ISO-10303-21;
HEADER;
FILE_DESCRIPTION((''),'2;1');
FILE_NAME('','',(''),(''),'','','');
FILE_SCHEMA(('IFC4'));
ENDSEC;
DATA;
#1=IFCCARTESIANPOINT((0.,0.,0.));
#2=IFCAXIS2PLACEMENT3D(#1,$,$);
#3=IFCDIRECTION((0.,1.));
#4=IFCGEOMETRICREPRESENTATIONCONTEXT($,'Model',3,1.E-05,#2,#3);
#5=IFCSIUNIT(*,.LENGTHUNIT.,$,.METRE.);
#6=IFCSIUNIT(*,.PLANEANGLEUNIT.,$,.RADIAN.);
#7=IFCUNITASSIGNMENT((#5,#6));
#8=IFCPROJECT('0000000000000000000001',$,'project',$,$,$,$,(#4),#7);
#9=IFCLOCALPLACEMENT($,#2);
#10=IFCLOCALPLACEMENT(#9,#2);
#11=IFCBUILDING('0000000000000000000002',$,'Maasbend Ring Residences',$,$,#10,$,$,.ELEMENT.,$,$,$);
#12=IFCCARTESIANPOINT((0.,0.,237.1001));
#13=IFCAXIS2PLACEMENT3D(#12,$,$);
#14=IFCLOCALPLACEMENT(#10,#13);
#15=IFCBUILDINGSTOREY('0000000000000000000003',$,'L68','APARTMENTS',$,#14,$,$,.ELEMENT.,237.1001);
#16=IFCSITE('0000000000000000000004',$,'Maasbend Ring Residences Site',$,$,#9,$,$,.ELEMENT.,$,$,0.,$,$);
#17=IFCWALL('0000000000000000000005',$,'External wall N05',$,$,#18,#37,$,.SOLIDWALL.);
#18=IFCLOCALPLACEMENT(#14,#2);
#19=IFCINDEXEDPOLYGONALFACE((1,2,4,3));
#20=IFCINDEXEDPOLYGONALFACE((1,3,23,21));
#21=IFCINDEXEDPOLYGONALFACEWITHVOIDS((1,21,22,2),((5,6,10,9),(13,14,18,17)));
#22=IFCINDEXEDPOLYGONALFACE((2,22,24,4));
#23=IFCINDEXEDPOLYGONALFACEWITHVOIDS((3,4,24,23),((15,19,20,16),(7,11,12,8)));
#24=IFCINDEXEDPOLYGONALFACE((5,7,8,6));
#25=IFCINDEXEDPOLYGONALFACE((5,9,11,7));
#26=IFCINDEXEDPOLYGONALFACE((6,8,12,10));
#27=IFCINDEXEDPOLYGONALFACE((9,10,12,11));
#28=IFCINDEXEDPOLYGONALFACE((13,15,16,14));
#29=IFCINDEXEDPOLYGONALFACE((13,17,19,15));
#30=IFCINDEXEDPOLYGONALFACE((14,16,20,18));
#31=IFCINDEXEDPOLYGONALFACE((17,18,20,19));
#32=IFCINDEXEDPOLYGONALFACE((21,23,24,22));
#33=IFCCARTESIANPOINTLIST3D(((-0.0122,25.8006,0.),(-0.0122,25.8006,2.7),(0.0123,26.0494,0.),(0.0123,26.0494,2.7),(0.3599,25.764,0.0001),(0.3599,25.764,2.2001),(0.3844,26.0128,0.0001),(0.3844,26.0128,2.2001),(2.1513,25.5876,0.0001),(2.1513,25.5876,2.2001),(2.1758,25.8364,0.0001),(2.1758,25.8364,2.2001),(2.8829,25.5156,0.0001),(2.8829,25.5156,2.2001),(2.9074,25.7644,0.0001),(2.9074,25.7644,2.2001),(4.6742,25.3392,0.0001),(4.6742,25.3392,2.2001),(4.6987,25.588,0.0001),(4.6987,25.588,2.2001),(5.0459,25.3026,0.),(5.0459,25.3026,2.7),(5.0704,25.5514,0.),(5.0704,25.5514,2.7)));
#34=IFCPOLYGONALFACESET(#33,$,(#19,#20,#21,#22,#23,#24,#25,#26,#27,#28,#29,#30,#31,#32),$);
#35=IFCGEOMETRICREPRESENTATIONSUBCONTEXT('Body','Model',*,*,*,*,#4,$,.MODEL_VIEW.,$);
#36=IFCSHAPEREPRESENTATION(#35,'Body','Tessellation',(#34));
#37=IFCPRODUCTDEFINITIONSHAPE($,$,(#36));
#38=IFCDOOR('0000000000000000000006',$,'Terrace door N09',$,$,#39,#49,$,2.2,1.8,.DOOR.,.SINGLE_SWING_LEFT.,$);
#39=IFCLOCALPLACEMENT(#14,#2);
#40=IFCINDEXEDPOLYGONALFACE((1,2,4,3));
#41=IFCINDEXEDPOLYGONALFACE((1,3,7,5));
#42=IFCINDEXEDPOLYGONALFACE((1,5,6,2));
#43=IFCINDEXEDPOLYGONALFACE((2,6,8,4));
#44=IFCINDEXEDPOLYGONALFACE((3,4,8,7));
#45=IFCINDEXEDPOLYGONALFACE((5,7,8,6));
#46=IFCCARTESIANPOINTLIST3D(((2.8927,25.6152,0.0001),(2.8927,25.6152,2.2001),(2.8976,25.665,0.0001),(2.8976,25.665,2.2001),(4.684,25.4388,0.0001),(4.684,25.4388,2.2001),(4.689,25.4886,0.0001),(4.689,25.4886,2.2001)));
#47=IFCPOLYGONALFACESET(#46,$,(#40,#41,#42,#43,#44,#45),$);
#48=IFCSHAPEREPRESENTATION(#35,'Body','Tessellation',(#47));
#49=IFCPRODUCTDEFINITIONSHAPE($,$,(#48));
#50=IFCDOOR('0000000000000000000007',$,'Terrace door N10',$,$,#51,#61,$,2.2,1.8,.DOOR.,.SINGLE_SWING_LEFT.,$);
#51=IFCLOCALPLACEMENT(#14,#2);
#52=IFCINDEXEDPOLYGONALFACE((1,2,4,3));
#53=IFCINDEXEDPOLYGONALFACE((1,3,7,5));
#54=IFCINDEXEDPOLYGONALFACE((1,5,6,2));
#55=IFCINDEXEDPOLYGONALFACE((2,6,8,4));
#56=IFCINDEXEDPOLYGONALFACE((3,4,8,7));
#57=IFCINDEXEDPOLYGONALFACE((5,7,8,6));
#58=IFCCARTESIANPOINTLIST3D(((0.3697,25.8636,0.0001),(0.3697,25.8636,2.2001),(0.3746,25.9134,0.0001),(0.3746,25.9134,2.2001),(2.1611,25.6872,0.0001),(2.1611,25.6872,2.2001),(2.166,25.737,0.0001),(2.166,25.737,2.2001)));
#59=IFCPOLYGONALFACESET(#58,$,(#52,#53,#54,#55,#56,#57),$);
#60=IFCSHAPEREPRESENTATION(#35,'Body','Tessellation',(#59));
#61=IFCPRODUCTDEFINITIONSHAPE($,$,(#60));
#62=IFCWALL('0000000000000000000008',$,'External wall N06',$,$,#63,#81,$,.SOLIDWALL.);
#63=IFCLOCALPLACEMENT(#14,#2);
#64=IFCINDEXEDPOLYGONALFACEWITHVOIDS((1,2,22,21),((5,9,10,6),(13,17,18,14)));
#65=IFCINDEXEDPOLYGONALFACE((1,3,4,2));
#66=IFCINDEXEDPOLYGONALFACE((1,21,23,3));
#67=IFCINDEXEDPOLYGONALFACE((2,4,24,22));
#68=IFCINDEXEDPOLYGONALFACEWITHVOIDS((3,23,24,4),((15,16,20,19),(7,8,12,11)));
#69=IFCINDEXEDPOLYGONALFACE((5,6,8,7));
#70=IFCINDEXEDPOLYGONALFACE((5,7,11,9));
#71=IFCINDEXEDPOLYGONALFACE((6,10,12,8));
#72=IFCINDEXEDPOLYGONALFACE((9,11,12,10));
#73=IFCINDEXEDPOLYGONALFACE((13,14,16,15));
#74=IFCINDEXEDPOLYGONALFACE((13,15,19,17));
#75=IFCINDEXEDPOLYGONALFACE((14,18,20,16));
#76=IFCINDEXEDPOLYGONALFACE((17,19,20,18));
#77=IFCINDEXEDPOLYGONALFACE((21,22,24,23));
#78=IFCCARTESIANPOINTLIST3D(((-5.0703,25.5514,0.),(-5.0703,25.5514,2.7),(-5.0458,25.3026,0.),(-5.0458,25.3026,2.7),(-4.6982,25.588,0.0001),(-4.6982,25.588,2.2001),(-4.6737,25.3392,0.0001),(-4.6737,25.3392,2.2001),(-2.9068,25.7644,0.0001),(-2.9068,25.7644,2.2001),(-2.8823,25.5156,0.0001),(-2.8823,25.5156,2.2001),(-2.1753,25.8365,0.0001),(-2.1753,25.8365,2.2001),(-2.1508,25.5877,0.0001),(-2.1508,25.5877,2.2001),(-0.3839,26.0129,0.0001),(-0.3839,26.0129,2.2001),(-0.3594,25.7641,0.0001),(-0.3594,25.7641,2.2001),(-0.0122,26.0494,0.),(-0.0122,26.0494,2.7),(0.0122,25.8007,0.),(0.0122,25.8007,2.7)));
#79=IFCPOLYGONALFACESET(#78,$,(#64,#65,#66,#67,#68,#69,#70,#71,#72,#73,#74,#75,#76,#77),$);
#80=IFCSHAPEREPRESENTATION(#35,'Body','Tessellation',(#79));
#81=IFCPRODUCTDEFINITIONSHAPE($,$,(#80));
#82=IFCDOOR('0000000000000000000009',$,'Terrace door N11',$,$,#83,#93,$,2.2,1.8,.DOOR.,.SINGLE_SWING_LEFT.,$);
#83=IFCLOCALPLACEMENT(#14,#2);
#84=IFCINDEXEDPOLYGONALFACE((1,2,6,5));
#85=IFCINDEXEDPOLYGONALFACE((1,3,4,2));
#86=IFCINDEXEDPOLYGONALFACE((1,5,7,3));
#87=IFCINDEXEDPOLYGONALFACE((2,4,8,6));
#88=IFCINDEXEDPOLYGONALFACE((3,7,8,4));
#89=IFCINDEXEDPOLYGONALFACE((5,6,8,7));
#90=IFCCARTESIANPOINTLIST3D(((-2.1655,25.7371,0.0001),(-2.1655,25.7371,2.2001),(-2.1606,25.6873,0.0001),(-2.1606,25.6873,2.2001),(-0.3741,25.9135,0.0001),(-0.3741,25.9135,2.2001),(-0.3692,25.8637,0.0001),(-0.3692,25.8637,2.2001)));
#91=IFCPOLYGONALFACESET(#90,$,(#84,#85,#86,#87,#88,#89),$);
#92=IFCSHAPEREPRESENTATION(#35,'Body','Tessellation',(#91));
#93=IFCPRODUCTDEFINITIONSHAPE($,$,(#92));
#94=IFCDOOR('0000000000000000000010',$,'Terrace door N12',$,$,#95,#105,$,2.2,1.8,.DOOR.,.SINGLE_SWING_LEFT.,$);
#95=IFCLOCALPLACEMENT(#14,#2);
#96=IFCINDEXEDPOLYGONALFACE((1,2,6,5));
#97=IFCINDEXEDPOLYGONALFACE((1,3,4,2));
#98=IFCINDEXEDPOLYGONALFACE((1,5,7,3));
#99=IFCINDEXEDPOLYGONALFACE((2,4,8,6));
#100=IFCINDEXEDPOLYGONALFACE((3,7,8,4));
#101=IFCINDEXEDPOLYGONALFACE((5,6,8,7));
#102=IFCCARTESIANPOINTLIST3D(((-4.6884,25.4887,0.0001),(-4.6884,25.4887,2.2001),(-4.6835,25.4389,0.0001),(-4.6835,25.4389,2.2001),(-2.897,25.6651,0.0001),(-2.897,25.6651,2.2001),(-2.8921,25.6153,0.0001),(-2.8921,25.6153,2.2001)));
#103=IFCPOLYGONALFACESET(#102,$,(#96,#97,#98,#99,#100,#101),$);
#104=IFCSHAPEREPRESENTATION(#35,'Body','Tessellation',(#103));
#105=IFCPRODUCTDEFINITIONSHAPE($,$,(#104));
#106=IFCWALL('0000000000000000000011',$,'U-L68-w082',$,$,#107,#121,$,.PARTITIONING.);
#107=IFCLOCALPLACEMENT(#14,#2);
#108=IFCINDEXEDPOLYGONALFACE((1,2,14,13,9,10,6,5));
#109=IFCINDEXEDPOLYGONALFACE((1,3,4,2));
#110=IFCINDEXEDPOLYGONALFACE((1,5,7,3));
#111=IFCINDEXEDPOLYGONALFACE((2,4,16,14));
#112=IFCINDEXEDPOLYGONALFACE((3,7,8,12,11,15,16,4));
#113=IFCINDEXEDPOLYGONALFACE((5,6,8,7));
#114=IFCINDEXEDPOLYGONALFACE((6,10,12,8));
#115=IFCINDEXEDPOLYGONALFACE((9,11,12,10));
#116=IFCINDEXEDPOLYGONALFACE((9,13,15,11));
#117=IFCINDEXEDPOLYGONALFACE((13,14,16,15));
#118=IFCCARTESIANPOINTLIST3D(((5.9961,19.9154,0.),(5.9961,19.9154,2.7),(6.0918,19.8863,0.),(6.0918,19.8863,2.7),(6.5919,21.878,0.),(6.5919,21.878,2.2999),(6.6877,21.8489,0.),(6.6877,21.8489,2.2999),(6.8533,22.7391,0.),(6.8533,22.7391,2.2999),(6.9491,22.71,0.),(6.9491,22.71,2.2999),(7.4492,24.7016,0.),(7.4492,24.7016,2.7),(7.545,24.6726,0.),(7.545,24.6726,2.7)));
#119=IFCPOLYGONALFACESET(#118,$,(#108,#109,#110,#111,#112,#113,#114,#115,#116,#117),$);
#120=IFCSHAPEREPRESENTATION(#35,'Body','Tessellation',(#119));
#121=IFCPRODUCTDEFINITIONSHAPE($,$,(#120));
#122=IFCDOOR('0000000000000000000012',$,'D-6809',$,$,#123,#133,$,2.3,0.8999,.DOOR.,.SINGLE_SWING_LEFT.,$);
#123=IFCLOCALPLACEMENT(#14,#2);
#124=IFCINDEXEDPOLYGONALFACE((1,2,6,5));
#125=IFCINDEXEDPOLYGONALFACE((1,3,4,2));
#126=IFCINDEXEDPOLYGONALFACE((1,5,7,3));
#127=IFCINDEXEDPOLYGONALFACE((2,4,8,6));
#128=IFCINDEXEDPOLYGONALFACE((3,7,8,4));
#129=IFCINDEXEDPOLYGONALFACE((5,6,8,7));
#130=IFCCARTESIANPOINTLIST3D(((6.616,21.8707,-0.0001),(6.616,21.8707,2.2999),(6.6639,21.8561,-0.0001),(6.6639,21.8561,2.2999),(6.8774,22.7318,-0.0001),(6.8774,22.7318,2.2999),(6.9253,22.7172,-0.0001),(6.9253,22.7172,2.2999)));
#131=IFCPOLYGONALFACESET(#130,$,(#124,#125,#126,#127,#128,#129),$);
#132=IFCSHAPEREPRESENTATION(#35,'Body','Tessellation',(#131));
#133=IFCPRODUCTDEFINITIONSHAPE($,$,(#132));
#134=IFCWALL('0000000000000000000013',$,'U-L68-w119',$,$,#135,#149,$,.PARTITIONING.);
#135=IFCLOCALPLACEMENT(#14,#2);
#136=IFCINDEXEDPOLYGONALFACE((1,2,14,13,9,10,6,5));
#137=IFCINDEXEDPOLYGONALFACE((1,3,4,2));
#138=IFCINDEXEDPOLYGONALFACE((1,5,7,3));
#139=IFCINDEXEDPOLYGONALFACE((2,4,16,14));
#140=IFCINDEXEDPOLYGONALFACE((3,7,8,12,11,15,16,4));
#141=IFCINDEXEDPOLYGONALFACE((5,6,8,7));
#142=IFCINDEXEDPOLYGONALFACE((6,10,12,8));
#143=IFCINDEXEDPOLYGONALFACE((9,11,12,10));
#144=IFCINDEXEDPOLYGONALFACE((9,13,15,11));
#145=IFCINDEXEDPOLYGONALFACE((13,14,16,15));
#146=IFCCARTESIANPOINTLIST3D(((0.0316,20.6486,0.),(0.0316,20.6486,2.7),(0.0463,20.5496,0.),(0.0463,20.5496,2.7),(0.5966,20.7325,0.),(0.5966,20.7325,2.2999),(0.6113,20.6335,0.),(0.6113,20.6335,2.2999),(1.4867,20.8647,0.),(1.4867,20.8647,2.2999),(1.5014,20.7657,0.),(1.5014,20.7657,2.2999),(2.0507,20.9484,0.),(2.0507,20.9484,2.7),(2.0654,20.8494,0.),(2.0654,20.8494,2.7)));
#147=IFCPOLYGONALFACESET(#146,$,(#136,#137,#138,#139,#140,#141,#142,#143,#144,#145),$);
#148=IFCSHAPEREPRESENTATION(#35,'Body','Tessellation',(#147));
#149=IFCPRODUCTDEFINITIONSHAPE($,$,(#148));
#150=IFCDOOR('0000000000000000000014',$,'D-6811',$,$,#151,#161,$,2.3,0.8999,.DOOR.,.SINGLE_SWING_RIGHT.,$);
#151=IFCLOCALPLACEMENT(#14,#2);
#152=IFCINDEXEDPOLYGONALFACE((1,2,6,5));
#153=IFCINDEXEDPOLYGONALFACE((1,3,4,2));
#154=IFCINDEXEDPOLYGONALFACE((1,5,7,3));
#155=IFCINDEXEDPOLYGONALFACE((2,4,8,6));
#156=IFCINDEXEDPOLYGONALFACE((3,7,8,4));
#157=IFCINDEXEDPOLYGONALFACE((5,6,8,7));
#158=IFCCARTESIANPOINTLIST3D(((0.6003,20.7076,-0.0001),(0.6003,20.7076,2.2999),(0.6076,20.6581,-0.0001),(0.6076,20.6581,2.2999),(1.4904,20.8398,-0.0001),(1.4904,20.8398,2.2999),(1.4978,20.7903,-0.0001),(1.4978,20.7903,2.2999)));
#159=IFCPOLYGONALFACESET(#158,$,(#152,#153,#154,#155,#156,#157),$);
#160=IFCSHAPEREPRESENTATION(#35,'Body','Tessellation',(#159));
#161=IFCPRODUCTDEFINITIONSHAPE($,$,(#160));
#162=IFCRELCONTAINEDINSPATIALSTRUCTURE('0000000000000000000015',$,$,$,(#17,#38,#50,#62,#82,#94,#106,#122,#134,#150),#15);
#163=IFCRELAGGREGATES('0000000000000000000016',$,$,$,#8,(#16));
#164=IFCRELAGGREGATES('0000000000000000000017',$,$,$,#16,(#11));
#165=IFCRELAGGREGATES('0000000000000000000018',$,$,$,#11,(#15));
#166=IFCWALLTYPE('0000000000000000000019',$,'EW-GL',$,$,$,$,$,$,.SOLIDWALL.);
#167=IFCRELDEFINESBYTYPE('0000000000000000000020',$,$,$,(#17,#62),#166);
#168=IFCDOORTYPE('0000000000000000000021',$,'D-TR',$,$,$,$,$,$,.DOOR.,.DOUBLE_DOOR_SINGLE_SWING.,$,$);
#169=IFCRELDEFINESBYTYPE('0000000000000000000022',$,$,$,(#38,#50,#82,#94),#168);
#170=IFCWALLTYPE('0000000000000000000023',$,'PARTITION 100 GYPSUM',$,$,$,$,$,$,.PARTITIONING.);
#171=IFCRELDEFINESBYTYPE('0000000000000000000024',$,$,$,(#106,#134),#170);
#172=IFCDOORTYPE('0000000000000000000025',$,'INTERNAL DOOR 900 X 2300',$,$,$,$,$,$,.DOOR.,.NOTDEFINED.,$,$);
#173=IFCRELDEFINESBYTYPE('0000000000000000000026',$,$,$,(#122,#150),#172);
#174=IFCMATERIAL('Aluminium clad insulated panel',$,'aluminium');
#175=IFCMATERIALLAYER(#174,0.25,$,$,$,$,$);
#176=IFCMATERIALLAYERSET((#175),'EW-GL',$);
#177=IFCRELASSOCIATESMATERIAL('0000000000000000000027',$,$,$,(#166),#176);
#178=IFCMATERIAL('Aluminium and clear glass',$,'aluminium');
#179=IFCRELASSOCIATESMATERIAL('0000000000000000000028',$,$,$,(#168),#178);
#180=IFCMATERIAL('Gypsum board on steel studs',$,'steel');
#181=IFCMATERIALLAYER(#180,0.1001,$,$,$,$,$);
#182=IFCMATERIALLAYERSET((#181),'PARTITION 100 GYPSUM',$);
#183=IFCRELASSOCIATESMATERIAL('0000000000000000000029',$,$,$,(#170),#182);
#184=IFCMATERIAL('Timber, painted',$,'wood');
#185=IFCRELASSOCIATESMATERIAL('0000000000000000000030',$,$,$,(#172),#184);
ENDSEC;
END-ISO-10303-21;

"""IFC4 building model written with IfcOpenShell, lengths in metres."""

from ifc_helpers import new_model, si_unit, direction, frame, frame_2d, origin, place, context, subcontext, project, spatial, rectangle, extrude, material, layer, layer_set, type_object, element, fill, save


model = new_model("IFC4")

# Units and contexts
model_context = context("Model", 3, precision=1e-05, world=origin(), true_north=direction((0.0, 1.0)))
body_context = subcontext(model_context, "Body", "Model", "MODEL_VIEW")
ifc_project = project(units=[si_unit("LENGTHUNIT", "METRE"), si_unit("PLANEANGLEUNIT", "RADIAN")], contexts=[model_context])

# Site, building, storey
site_placement = place(None, origin())
site = spatial("IfcSite", under=ifc_project, at=site_placement, Name="Maasbend Ring Residences Site", CompositionType="ELEMENT", RefElevation=0.0)
building_placement = place(site_placement, origin())
building = spatial("IfcBuilding", under=site, at=building_placement, Name="Maasbend Ring Residences", CompositionType="ELEMENT")
storey_placement = place(building_placement, frame((0.0, 0.0, 237.1001)))
storey = spatial("IfcBuildingStorey", under=building, at=storey_placement, Name="L68", Description="APARTMENTS", CompositionType="ELEMENT", Elevation=237.1001)

# Walls, openings, doors
ifc_material_1 = material(Name="Aluminium clad insulated panel", Category="aluminium")
ifc_layer_1 = layer(ifc_material_1, 0.25)
ifc_layer_set_1 = layer_set([ifc_layer_1], Name="EW-GL")
wall_type_1 = type_object("IfcWallType", Name="EW-GL", PredefinedType="SOLIDWALL", material=ifc_layer_set_1)
wall_1_placement = place(storey_placement, frame((5.0581, 25.427, 0.0), z_axis=(0.0, 0.0, 1.0), x_axis=(-0.995187, 0.097991, 0.0)))
wall_1 = element("IfcWall", 1, at=wall_1_placement, inside=storey, type_object=wall_type_1, Name="External wall N05", PredefinedType="SOLIDWALL", context=body_context, shape_type="SweptSolid", body=[
    extrude(rectangle(XDim=5.0825, YDim=0.25, at=frame_2d((2.5413, 0.0))), origin(), (0.0, 0.0, 1.0), 2.7),
])
opening_1_placement = place(wall_1_placement, frame((0.3735, 0.0, 0.0)))
opening_1 = element("IfcOpeningElement", 2, at=opening_1_placement, cuts=wall_1, PredefinedType="OPENING", context=body_context, shape_type="SweptSolid", body=[
    extrude(rectangle(XDim=1.8, YDim=2.2, at=frame_2d((0.8999, 1.1001))), frame((0.0, 0.135, 0.0), z_axis=(0.0, -1.0, 0.0), x_axis=(1.0, 0.0, 0.0)), (0.0, 0.0, 1.0), 0.27),
])
opening_2_placement = place(wall_1_placement, frame((2.9087, 0.0, 0.0)))
opening_2 = element("IfcOpeningElement", 3, at=opening_2_placement, cuts=wall_1, PredefinedType="OPENING", context=body_context, shape_type="SweptSolid", body=[
    extrude(rectangle(XDim=1.8, YDim=2.2, at=frame_2d((0.8999, 1.1001))), frame((0.0, 0.135, 0.0), z_axis=(0.0, -1.0, 0.0), x_axis=(1.0, 0.0, 0.0)), (0.0, 0.0, 1.0), 0.27),
])
ifc_material_2 = material(Name="Aluminium and clear glass", Category="aluminium")
door_type_1 = type_object("IfcDoorType", Name="D-TR", OperationType="DOUBLE_DOOR_SINGLE_SWING", PredefinedType="DOOR", material=ifc_material_2)
door_1_placement = place(opening_1_placement, origin())
door_1 = element("IfcDoor", 4, at=door_1_placement, inside=storey, type_object=door_type_1, Name="Terrace door N09", OperationType="SINGLE_SWING_LEFT", OverallHeight=2.2, OverallWidth=1.8, PredefinedType="DOOR", context=body_context, shape_type="SweptSolid", body=[
    extrude(rectangle(XDim=1.8, YDim=2.2, at=frame_2d((0.8999, 1.1001))), frame((0.0, 0.0249, 0.0), z_axis=(0.0, -1.0, 0.0), x_axis=(1.0, 0.0, 0.0)), (0.0, 0.0, 1.0), 0.05),
])
fill(opening_1, door_1)
door_2_placement = place(opening_2_placement, origin())
door_2 = element("IfcDoor", 5, at=door_2_placement, inside=storey, type_object=door_type_1, Name="Terrace door N10", OperationType="SINGLE_SWING_LEFT", OverallHeight=2.2, OverallWidth=1.8, PredefinedType="DOOR", context=body_context, shape_type="SweptSolid", body=[
    extrude(rectangle(XDim=1.8, YDim=2.2, at=frame_2d((0.8999, 1.1001))), frame((0.0, 0.0249, 0.0), z_axis=(0.0, -1.0, 0.0), x_axis=(1.0, 0.0, 0.0)), (0.0, 0.0, 1.0), 0.05),
])
fill(opening_2, door_2)
wall_2_placement = place(storey_placement, frame((0.0, 25.925, 0.0), z_axis=(0.0, 0.0, 1.0), x_axis=(-0.995187, -0.097991, 0.0)))
wall_2 = element("IfcWall", 6, at=wall_2_placement, inside=storey, type_object=wall_type_1, Name="External wall N06", PredefinedType="SOLIDWALL", context=body_context, shape_type="SweptSolid", body=[
    extrude(rectangle(XDim=5.0825, YDim=0.25, at=frame_2d((2.5413, 0.0))), origin(), (0.0, 0.0, 1.0), 2.7),
])
opening_3_placement = place(wall_2_placement, frame((0.3735, 0.0, 0.0)))
opening_3 = element("IfcOpeningElement", 7, at=opening_3_placement, cuts=wall_2, PredefinedType="OPENING", context=body_context, shape_type="SweptSolid", body=[
    extrude(rectangle(XDim=1.8, YDim=2.2, at=frame_2d((0.8999, 1.1001))), frame((0.0, 0.135, 0.0), z_axis=(0.0, -1.0, 0.0), x_axis=(1.0, 0.0, 0.0)), (0.0, 0.0, 1.0), 0.27),
])
opening_4_placement = place(wall_2_placement, frame((2.9087, 0.0, 0.0)))
opening_4 = element("IfcOpeningElement", 8, at=opening_4_placement, cuts=wall_2, PredefinedType="OPENING", context=body_context, shape_type="SweptSolid", body=[
    extrude(rectangle(XDim=1.8, YDim=2.2, at=frame_2d((0.8999, 1.1001))), frame((0.0, 0.135, 0.0), z_axis=(0.0, -1.0, 0.0), x_axis=(1.0, 0.0, 0.0)), (0.0, 0.0, 1.0), 0.27),
])
door_3_placement = place(opening_3_placement, origin())
door_3 = element("IfcDoor", 9, at=door_3_placement, inside=storey, type_object=door_type_1, Name="Terrace door N11", OperationType="SINGLE_SWING_LEFT", OverallHeight=2.2, OverallWidth=1.8, PredefinedType="DOOR", context=body_context, shape_type="SweptSolid", body=[
    extrude(rectangle(XDim=1.8, YDim=2.2, at=frame_2d((0.8999, 1.1001))), frame((0.0, 0.0249, 0.0), z_axis=(0.0, -1.0, 0.0), x_axis=(1.0, 0.0, 0.0)), (0.0, 0.0, 1.0), 0.05),
])
fill(opening_3, door_3)
door_4_placement = place(opening_4_placement, origin())
door_4 = element("IfcDoor", 10, at=door_4_placement, inside=storey, type_object=door_type_1, Name="Terrace door N12", OperationType="SINGLE_SWING_LEFT", OverallHeight=2.2, OverallWidth=1.8, PredefinedType="DOOR", context=body_context, shape_type="SweptSolid", body=[
    extrude(rectangle(XDim=1.8, YDim=2.2, at=frame_2d((0.8999, 1.1001))), frame((0.0, 0.0249, 0.0), z_axis=(0.0, -1.0, 0.0), x_axis=(1.0, 0.0, 0.0)), (0.0, 0.0, 1.0), 0.05),
])
fill(opening_4, door_4)

# Walls, openings, doors
ifc_material_3 = material(Name="Gypsum board on steel studs", Category="steel")
ifc_layer_2 = layer(ifc_material_3, 0.1001)
ifc_layer_set_2 = layer_set([ifc_layer_2], Name="PARTITION 100 GYPSUM")
wall_type_2 = type_object("IfcWallType", Name="PARTITION 100 GYPSUM", PredefinedType="PARTITIONING", material=ifc_layer_set_2)
wall_3_placement = place(storey_placement, frame((6.0439, 19.9009, 0.0), z_axis=(0.0, 0.0, 1.0), x_axis=(0.290517, 0.95687, 0.0)))
wall_3 = element("IfcWall", 11, at=wall_3_placement, inside=storey, type_object=wall_type_2, Name="U-L68-w082", PredefinedType="PARTITIONING", context=body_context, shape_type="SweptSolid", body=[
    extrude(rectangle(XDim=5.002, YDim=0.1001, at=frame_2d((2.501, 0.0))), origin(), (0.0, 0.0, 1.0), 2.7),
])
opening_5_placement = place(wall_3_placement, frame((2.051, 0.0, 0.0)))
opening_5 = element("IfcOpeningElement", 12, at=opening_5_placement, cuts=wall_3, PredefinedType="OPENING", context=body_context, shape_type="SweptSolid", body=[
    extrude(rectangle(XDim=0.8999, YDim=2.3, at=frame_2d((0.45, 1.1499))), frame((0.0, 0.0601, 0.0), z_axis=(0.0, -1.0, 0.0), x_axis=(1.0, 0.0, 0.0)), (0.0, 0.0, 1.0), 0.1201),
])
ifc_material_4 = material(Name="Timber, painted", Category="wood")
door_type_2 = type_object("IfcDoorType", Name="INTERNAL DOOR 900 X 2300", OperationType="NOTDEFINED", PredefinedType="DOOR", material=ifc_material_4)
door_5_placement = place(opening_5_placement, origin())
door_5 = element("IfcDoor", 13, at=door_5_placement, inside=storey, type_object=door_type_2, Name="D-6809", OperationType="SINGLE_SWING_LEFT", OverallHeight=2.3, OverallWidth=0.8999, PredefinedType="DOOR", context=body_context, shape_type="SweptSolid", body=[
    extrude(rectangle(XDim=0.8999, YDim=2.3, at=frame_2d((0.45, 1.1499))), frame((0.0, 0.0249, 0.0), z_axis=(0.0, -1.0, 0.0), x_axis=(1.0, 0.0, 0.0)), (0.0, 0.0, 1.0), 0.05),
])
fill(opening_5, door_5)
wall_4_placement = place(storey_placement, frame((0.0391, 20.5991, 0.0), z_axis=(0.0, 0.0, 1.0), x_axis=(0.989155, 0.146878, 0.0)))
wall_4 = element("IfcWall", 14, at=wall_4_placement, inside=storey, type_object=wall_type_2, Name="U-L68-w119", PredefinedType="PARTITIONING", context=body_context, shape_type="SweptSolid", body=[
    extrude(rectangle(XDim=2.0413, YDim=0.1001, at=frame_2d((1.0205, 0.0))), origin(), (0.0, 0.0, 1.0), 2.7),
])
opening_6_placement = place(wall_4_placement, frame((0.571, 0.0, 0.0)))
opening_6 = element("IfcOpeningElement", 15, at=opening_6_placement, cuts=wall_4, PredefinedType="OPENING", context=body_context, shape_type="SweptSolid", body=[
    extrude(rectangle(XDim=0.8999, YDim=2.3, at=frame_2d((0.45, 1.1499))), frame((0.0, 0.0601, 0.0), z_axis=(0.0, -1.0, 0.0), x_axis=(1.0, 0.0, 0.0)), (0.0, 0.0, 1.0), 0.1201),
])
door_6_placement = place(opening_6_placement, origin())
door_6 = element("IfcDoor", 16, at=door_6_placement, inside=storey, type_object=door_type_2, Name="D-6811", OperationType="SINGLE_SWING_RIGHT", OverallHeight=2.3, OverallWidth=0.8999, PredefinedType="DOOR", context=body_context, shape_type="SweptSolid", body=[
    extrude(rectangle(XDim=0.8999, YDim=2.3, at=frame_2d((0.45, 1.1499))), frame((0.0, 0.0249, 0.0), z_axis=(0.0, -1.0, 0.0), x_axis=(1.0, 0.0, 0.0)), (0.0, 0.0, 1.0), 0.05),
])
fill(opening_6, door_6)

save(model, "model.ifc")
